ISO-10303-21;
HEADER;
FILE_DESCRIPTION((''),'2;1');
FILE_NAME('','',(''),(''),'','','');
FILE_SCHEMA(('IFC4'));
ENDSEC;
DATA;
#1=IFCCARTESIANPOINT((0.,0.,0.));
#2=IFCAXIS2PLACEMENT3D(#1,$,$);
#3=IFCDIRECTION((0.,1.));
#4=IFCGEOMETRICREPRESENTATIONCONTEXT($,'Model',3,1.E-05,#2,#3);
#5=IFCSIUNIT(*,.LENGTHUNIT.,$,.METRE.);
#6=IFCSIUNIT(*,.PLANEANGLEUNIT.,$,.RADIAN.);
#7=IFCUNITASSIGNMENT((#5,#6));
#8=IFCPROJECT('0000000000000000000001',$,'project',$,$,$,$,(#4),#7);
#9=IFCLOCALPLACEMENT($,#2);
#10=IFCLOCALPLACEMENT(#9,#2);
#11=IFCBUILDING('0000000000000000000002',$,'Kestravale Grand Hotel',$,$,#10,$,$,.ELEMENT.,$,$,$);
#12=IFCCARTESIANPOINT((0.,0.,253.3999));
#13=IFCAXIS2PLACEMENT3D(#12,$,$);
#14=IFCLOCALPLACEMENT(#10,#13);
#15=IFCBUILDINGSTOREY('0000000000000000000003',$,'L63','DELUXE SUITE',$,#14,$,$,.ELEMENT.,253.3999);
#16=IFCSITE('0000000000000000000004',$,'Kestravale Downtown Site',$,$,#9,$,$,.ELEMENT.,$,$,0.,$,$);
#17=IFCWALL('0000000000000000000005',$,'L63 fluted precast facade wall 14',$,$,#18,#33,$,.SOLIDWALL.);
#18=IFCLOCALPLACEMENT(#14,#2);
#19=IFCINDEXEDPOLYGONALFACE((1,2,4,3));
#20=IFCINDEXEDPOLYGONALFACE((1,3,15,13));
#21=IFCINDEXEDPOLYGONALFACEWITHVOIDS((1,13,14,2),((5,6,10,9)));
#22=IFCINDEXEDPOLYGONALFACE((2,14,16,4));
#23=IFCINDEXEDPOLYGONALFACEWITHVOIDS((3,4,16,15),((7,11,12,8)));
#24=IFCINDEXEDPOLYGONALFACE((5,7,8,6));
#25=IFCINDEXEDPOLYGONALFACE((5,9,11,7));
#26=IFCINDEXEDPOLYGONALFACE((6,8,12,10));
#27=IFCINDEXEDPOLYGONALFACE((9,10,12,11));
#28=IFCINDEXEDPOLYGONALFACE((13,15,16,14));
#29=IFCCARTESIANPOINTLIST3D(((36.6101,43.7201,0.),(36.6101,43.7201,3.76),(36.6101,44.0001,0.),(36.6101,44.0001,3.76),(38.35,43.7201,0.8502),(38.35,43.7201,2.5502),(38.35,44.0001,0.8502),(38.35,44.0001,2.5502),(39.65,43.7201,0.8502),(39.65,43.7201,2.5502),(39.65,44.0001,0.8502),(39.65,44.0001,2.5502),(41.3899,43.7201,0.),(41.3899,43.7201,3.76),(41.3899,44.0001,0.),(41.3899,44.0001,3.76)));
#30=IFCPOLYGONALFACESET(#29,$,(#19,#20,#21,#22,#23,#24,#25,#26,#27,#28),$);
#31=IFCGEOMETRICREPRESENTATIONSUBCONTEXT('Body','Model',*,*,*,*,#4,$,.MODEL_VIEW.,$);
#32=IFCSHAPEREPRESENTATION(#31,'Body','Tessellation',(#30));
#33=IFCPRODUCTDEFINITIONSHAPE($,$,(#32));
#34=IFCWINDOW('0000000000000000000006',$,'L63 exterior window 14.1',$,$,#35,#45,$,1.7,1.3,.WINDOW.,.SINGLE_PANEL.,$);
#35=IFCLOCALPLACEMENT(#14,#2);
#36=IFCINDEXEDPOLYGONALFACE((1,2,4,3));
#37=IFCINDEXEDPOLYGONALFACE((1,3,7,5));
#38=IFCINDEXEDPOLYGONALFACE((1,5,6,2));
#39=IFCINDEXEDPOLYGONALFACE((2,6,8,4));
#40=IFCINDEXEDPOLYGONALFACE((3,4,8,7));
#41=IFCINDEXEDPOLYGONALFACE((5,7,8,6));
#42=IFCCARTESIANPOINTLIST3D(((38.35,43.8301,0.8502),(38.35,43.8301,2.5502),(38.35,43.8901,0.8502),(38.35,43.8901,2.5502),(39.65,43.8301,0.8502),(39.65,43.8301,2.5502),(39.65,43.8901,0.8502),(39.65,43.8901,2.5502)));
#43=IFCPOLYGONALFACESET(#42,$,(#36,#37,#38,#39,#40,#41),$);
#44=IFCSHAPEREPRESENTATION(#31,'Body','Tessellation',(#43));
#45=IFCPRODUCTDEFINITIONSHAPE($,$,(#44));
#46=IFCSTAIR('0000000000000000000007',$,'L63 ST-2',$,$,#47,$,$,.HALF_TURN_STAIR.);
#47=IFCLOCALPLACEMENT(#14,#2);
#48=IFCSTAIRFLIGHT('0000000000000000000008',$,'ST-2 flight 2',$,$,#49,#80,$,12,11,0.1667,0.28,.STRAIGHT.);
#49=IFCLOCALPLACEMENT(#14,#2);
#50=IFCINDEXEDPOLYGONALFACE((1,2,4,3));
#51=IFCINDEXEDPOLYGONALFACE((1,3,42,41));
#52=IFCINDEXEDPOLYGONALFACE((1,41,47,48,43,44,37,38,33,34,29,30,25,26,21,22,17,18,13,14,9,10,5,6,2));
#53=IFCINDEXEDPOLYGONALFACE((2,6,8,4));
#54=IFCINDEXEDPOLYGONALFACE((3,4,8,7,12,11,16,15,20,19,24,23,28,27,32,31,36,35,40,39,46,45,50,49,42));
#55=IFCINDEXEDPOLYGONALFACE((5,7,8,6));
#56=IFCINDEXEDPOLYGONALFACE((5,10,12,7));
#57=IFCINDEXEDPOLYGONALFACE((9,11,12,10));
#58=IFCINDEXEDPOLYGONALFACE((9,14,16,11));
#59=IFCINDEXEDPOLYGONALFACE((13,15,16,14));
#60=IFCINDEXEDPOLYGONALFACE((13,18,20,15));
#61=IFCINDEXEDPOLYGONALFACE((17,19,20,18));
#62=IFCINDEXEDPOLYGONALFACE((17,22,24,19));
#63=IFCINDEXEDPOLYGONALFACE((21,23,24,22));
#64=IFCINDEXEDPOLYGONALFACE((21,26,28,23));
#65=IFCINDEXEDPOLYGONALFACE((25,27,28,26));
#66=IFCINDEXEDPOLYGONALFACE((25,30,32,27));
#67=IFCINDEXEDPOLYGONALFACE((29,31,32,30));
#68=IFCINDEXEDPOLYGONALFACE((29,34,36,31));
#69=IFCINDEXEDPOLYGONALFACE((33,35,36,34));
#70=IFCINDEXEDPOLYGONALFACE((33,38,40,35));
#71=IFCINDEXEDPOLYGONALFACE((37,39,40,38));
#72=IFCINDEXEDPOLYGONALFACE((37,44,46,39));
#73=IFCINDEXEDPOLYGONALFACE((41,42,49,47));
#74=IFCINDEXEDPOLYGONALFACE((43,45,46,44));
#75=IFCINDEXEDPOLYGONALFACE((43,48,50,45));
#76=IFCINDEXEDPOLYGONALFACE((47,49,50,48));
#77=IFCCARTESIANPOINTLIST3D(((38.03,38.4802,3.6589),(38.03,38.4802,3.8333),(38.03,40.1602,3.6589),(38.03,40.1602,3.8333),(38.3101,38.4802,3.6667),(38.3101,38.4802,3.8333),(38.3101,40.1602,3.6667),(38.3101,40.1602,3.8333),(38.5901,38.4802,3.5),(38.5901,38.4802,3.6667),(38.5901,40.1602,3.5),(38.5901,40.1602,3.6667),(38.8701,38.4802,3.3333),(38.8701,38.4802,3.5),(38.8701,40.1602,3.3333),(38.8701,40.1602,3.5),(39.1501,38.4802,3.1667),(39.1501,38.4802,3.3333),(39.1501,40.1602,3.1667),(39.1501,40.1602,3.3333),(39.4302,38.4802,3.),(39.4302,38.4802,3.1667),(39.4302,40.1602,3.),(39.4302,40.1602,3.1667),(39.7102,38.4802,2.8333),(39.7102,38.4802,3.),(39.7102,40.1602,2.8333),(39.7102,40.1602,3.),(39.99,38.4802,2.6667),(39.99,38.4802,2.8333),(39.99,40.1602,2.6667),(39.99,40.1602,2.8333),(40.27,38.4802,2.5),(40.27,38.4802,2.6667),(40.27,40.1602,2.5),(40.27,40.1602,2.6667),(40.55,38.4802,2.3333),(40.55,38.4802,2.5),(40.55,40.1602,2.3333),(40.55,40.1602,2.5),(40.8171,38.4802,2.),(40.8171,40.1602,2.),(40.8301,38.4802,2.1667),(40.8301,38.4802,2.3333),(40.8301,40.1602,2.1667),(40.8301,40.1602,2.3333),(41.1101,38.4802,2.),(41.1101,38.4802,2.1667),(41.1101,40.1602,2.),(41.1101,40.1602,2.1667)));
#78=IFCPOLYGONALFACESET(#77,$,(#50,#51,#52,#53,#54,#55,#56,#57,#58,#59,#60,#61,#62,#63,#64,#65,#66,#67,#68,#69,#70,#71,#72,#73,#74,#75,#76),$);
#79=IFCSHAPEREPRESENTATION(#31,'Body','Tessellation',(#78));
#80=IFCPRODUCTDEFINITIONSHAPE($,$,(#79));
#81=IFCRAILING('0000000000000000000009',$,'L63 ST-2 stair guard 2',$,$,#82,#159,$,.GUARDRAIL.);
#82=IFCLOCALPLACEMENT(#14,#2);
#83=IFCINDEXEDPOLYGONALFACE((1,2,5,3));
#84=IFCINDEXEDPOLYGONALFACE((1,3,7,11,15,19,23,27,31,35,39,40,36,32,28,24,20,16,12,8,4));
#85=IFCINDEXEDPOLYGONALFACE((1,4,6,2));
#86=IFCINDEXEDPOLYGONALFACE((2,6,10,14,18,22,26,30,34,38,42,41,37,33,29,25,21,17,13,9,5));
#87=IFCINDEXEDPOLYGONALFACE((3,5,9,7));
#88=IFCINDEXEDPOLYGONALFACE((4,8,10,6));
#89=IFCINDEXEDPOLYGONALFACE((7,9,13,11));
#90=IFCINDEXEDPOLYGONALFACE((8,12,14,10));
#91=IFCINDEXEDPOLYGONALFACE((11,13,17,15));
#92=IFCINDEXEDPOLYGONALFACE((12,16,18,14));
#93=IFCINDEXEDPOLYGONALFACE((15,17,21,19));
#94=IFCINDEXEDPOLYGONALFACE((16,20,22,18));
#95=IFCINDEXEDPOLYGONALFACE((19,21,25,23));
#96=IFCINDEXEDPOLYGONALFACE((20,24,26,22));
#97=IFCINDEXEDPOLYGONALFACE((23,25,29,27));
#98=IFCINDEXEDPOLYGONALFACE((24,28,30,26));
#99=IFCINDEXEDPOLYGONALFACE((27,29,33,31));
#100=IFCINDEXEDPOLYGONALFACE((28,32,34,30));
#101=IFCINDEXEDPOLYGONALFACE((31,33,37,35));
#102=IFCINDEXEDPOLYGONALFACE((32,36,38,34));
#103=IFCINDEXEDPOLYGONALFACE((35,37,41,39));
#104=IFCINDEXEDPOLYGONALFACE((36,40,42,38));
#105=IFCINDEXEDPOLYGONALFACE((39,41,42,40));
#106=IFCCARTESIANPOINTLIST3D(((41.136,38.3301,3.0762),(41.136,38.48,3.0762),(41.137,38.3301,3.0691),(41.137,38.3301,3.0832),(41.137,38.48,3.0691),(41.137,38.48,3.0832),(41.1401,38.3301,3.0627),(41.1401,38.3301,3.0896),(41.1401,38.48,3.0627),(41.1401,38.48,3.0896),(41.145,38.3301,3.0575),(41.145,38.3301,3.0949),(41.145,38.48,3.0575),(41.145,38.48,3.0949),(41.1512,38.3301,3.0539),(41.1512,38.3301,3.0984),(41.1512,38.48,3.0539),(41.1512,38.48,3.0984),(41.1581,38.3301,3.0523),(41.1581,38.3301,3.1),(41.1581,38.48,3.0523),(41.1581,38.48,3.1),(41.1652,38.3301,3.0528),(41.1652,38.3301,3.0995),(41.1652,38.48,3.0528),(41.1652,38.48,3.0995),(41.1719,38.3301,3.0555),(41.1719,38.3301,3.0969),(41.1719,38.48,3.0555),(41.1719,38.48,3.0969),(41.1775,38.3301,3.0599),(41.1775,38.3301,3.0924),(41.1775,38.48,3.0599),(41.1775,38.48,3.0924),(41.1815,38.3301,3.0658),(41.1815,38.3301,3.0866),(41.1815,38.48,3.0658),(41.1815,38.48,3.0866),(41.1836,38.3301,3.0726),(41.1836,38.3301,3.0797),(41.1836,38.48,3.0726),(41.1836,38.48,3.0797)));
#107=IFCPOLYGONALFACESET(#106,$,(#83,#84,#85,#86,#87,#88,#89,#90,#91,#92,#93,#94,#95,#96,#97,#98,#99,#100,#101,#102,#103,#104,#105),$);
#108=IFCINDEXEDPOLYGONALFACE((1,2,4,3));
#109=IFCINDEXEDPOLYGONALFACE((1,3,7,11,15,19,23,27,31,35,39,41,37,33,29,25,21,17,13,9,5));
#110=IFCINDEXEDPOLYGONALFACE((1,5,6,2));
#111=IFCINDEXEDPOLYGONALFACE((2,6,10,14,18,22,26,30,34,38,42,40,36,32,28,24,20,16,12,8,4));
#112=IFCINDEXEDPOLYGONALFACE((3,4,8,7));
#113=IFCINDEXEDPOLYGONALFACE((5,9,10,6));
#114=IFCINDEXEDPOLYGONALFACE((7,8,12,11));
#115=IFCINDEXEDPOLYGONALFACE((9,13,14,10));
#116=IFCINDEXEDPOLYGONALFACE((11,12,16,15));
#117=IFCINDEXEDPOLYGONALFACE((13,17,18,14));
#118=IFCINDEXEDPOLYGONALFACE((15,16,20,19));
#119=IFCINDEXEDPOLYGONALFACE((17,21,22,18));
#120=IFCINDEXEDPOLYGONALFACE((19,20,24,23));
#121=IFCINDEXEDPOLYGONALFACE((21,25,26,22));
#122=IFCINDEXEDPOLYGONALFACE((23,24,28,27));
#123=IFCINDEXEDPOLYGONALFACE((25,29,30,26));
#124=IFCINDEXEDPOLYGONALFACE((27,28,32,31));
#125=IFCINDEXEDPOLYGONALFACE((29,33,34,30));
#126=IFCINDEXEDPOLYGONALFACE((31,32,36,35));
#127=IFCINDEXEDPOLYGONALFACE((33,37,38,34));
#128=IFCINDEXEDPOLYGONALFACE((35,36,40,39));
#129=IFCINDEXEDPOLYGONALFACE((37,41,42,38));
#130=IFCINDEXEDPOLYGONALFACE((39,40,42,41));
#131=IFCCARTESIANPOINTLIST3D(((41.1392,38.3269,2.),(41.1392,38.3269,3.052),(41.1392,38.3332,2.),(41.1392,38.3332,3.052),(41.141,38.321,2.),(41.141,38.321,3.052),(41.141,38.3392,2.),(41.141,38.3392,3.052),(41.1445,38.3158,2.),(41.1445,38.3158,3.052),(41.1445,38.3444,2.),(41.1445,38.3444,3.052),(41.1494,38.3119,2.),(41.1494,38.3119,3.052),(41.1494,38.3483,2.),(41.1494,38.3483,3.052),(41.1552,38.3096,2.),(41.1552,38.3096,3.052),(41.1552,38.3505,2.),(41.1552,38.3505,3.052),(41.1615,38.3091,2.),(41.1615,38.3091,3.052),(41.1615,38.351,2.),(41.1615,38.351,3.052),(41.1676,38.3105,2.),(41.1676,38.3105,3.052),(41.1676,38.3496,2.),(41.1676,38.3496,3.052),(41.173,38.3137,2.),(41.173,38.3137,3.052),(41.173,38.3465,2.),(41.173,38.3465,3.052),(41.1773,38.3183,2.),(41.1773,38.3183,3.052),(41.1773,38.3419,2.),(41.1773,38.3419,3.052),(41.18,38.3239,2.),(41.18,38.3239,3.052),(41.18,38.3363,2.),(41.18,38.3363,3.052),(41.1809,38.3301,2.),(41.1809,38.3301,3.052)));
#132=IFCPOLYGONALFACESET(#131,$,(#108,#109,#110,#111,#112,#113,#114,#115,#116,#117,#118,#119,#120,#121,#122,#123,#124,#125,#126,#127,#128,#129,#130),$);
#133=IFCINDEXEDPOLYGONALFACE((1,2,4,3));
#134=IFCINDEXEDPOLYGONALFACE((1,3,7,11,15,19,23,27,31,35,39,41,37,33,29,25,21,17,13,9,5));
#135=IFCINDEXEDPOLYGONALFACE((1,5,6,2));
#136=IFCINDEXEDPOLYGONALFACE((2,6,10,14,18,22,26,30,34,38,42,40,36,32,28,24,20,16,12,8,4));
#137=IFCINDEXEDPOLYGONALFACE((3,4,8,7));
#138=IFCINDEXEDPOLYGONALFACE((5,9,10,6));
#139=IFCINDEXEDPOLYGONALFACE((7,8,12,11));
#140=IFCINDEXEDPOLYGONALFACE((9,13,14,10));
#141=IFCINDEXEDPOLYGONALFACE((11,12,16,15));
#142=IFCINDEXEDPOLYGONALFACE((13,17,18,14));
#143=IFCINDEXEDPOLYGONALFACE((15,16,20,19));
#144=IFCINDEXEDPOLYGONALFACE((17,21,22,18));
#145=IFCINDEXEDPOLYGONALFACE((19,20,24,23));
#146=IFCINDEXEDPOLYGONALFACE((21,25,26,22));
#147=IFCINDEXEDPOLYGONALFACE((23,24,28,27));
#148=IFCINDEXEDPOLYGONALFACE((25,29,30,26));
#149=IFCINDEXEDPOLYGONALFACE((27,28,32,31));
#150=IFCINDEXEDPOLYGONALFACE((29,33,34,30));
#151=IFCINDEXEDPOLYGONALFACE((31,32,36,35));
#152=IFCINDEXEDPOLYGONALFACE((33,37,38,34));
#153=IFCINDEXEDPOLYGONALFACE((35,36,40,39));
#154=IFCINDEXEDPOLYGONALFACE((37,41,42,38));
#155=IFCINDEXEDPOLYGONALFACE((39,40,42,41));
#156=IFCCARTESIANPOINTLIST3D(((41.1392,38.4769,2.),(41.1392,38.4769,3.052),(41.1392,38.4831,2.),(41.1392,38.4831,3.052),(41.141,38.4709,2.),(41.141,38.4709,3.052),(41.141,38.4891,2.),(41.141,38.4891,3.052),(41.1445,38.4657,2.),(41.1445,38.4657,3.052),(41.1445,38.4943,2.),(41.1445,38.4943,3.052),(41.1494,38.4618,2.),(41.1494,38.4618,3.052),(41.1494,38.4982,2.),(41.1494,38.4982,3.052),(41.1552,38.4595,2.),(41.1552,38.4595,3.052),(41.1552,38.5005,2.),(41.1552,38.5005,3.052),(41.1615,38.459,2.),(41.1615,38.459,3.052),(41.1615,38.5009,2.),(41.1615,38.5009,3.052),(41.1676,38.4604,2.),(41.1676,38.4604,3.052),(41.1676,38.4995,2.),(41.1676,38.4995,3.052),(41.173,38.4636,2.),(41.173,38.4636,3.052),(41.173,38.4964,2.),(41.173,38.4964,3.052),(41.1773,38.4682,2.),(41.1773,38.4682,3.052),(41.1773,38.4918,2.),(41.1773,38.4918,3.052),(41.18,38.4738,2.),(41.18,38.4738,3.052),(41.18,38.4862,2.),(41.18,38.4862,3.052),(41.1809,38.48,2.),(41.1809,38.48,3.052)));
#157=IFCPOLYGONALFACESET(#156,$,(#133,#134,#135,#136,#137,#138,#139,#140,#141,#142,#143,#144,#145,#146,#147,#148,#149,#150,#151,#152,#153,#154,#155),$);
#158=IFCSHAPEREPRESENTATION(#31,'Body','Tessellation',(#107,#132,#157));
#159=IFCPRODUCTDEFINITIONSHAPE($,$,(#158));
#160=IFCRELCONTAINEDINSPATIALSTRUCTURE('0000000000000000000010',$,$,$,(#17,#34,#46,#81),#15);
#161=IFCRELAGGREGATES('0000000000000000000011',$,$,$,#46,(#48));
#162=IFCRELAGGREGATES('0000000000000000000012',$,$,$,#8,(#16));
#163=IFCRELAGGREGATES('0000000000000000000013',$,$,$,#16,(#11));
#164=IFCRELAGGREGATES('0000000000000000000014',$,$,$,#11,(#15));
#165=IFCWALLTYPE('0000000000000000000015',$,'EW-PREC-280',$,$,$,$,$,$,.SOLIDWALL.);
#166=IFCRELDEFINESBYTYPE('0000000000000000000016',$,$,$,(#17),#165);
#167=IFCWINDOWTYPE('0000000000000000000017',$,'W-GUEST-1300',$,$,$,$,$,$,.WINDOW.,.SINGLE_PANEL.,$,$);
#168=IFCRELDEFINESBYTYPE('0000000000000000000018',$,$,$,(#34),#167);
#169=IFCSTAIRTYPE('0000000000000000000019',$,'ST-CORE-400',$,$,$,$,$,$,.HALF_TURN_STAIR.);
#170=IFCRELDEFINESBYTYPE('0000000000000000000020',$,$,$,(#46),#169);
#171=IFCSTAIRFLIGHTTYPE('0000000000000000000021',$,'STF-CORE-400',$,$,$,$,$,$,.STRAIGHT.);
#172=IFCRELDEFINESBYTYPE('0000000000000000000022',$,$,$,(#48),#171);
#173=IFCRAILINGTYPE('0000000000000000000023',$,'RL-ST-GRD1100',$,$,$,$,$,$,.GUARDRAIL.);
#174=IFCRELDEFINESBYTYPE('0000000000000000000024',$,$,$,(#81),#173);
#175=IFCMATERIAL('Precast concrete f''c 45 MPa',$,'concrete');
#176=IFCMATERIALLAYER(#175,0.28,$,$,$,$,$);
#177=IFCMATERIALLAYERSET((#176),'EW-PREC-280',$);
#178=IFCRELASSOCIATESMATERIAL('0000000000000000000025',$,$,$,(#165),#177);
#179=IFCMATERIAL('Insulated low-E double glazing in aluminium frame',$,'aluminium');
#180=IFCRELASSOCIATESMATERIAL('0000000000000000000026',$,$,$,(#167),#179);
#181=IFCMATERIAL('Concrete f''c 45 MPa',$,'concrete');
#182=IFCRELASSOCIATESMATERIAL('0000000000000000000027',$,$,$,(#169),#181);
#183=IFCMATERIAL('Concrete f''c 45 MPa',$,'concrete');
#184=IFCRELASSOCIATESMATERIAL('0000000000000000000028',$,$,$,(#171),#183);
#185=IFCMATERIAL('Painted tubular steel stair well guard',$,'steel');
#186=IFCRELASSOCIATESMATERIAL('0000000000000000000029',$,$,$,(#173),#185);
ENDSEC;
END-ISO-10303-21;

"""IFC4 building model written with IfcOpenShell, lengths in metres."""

from ifc_helpers import new_model, si_unit, direction, frame, frame_2d, origin, origin_2d, place, context, subcontext, project, spatial, polyline, rectangle, circle, outline, extrude, material, layer, layer_set, type_object, element, fill, aggregate, save


model = new_model("IFC4")

# Units and contexts
model_context = context("Model", 3, precision=1e-05, world=origin(), true_north=direction((0.0, 1.0)))
body_context = subcontext(model_context, "Body", "Model", "MODEL_VIEW")
ifc_project = project(units=[si_unit("LENGTHUNIT", "METRE"), si_unit("PLANEANGLEUNIT", "RADIAN")], contexts=[model_context])

# Site, building, storey
site_placement = place(None, origin())
site = spatial("IfcSite", under=ifc_project, at=site_placement, Name="Kestravale Downtown Site", CompositionType="ELEMENT", RefElevation=0.0)
building_placement = place(site_placement, origin())
building = spatial("IfcBuilding", under=site, at=building_placement, Name="Kestravale Grand Hotel", CompositionType="ELEMENT")
storey_placement = place(building_placement, frame((0.0, 0.0, 253.3999)))
storey = spatial("IfcBuildingStorey", under=building, at=storey_placement, Name="L63", Description="DELUXE SUITE", CompositionType="ELEMENT", Elevation=253.3999)

# Shared definitions
ifc_material_1 = material(Name="Precast concrete f'c 45 MPa", Category="concrete")
ifc_layer_1 = layer(ifc_material_1, 0.28)
ifc_layer_set_1 = layer_set([ifc_layer_1], Name="EW-PREC-280")
wall_type_1 = type_object("IfcWallType", Name="EW-PREC-280", PredefinedType="SOLIDWALL", material=ifc_layer_set_1)

# Wall, opening, window
ifc_material_2 = material(Name="Insulated low-E double glazing in aluminium frame", Category="aluminium")
window_type = type_object("IfcWindowType", Name="W-GUEST-1300", PartitioningType="SINGLE_PANEL", PredefinedType="WINDOW", material=ifc_material_2)
wall_1_placement = place(storey_placement, frame((41.3899, 43.8601, 0.0), z_axis=(0.0, 0.0, 1.0), x_axis=(-1.0, 0.0, 0.0)))
wall_1 = element("IfcWall", 1, at=wall_1_placement, inside=storey, type_object=wall_type_1, Name="L63 fluted precast facade wall 14", PredefinedType="SOLIDWALL", context=body_context, shape_type="SweptSolid", body=[
    extrude(rectangle(XDim=4.7798, YDim=0.28, at=frame_2d((2.3899, 0.0))), origin(), (0.0, 0.0, 1.0), 3.76),
])
opening_1_placement = place(wall_1_placement, frame((1.74, 0.0, 0.8501)))
opening_1 = element("IfcOpeningElement", 2, at=opening_1_placement, cuts=wall_1, PredefinedType="OPENING", context=body_context, shape_type="SweptSolid", body=[
    extrude(rectangle(XDim=1.3, YDim=1.7, at=frame_2d((0.6499, 0.8501))), frame((0.0, 0.1499, 0.0), z_axis=(0.0, -1.0, 0.0), x_axis=(1.0, 0.0, 0.0)), (0.0, 0.0, 1.0), 0.3),
])
window_1_placement = place(opening_1_placement, origin())
window_1 = element("IfcWindow", 3, at=window_1_placement, inside=storey, type_object=window_type, Name="L63 exterior window 14.1", OverallHeight=1.7, OverallWidth=1.3, PartitioningType="SINGLE_PANEL", PredefinedType="WINDOW", context=body_context, shape_type="SweptSolid", body=[
    extrude(rectangle(XDim=1.3, YDim=1.7, at=frame_2d((0.6499, 0.8501))), frame((0.0, 0.03, 0.0), z_axis=(0.0, -1.0, 0.0), x_axis=(1.0, 0.0, 0.0)), (0.0, 0.0, 1.0), 0.0601),
])
fill(opening_1, window_1)

# Stair, stair flight
ifc_material_3 = material(Name="Concrete f'c 45 MPa", Category="concrete")
stair_type = type_object("IfcStairType", Name="ST-CORE-400", PredefinedType="HALF_TURN_STAIR", material=ifc_material_3)
stair_placement = place(storey_placement, origin())
stair = element("IfcStair", 4, at=stair_placement, inside=storey, type_object=stair_type, Name="L63 ST-2", PredefinedType="HALF_TURN_STAIR")
ifc_material_4 = material(Name="Concrete f'c 45 MPa", Category="concrete")
stair_flight_type = type_object("IfcStairFlightType", Name="STF-CORE-400", PredefinedType="STRAIGHT", material=ifc_material_4)
stair_flight_placement = place(storey_placement, frame((41.1101, 39.3201, 2.0), z_axis=(0.0, 0.0, 1.0), x_axis=(-1.0, 0.0, 0.0)))
stair_flight = element("IfcStairFlight", 5, at=stair_flight_placement, type_object=stair_flight_type, Name="ST-2 flight 2", NumberOfRisers=12, NumberOfTreads=11, PredefinedType="STRAIGHT", RiserHeight=0.1667, TreadLength=0.28, context=body_context, shape_type="SweptSolid", body=[
    extrude(outline(polyline([(0.0, 0.0), (0.0, 0.1667), (0.28, 0.1667), (0.28, 0.3333), (0.5601, 0.3333), (0.5601, 0.5), (0.8401, 0.5), (0.8401, 0.6667), (1.1201, 0.6667), (1.1201, 0.8333), (1.3999, 0.8333), (1.3999, 1.0), (1.6799, 1.0), (1.6799, 1.1667), (1.96, 1.1667), (1.96, 1.3333), (2.24, 1.3333), (2.24, 1.5), (2.52, 1.5), (2.52, 1.6667), (2.8, 1.6667), (2.8, 1.8333), (3.0801, 1.8333), (3.0801, 2.0), (3.0801, 1.6589), (0.293, 0.0), (0.0, 0.0)])), frame((0.0, 0.8398, 0.0), z_axis=(0.0, -1.0, 0.0), x_axis=(1.0, 0.0, 0.0)), (0.0, 0.0, 1.0), 1.6799),
])
aggregate(stair, [stair_flight])

# Railing
ifc_material_5 = material(Name="Painted tubular steel stair well guard", Category="steel")
railing_type_1 = type_object("IfcRailingType", Name="RL-ST-GRD1100", PredefinedType="GUARDRAIL", material=ifc_material_5)
railing_1_placement = place(storey_placement, frame((41.1599, 38.3301, 2.0)))
element("IfcRailing", 6, at=railing_1_placement, inside=storey, type_object=railing_type_1, Name="L63 ST-2 stair guard 2", PredefinedType="GUARDRAIL", context=body_context, shape_type="SweptSolid", body=[
    extrude(circle(Radius=0.0239, at=origin_2d()), frame((0.0, 0.0, 1.0762), z_axis=(0.0, 1.0, 0.0), x_axis=(-1.0, 0.0, 0.0)), (0.0, 0.0, 1.0), 0.1499),
    extrude(circle(Radius=0.021, at=origin_2d()), origin(), (0.0, 0.0, 1.0), 1.052),
    extrude(circle(Radius=0.021, at=origin_2d()), frame((0.0, 0.1499, 0.0)), (0.0, 0.0, 1.0), 1.052),
])

save(model, "model.ifc")
